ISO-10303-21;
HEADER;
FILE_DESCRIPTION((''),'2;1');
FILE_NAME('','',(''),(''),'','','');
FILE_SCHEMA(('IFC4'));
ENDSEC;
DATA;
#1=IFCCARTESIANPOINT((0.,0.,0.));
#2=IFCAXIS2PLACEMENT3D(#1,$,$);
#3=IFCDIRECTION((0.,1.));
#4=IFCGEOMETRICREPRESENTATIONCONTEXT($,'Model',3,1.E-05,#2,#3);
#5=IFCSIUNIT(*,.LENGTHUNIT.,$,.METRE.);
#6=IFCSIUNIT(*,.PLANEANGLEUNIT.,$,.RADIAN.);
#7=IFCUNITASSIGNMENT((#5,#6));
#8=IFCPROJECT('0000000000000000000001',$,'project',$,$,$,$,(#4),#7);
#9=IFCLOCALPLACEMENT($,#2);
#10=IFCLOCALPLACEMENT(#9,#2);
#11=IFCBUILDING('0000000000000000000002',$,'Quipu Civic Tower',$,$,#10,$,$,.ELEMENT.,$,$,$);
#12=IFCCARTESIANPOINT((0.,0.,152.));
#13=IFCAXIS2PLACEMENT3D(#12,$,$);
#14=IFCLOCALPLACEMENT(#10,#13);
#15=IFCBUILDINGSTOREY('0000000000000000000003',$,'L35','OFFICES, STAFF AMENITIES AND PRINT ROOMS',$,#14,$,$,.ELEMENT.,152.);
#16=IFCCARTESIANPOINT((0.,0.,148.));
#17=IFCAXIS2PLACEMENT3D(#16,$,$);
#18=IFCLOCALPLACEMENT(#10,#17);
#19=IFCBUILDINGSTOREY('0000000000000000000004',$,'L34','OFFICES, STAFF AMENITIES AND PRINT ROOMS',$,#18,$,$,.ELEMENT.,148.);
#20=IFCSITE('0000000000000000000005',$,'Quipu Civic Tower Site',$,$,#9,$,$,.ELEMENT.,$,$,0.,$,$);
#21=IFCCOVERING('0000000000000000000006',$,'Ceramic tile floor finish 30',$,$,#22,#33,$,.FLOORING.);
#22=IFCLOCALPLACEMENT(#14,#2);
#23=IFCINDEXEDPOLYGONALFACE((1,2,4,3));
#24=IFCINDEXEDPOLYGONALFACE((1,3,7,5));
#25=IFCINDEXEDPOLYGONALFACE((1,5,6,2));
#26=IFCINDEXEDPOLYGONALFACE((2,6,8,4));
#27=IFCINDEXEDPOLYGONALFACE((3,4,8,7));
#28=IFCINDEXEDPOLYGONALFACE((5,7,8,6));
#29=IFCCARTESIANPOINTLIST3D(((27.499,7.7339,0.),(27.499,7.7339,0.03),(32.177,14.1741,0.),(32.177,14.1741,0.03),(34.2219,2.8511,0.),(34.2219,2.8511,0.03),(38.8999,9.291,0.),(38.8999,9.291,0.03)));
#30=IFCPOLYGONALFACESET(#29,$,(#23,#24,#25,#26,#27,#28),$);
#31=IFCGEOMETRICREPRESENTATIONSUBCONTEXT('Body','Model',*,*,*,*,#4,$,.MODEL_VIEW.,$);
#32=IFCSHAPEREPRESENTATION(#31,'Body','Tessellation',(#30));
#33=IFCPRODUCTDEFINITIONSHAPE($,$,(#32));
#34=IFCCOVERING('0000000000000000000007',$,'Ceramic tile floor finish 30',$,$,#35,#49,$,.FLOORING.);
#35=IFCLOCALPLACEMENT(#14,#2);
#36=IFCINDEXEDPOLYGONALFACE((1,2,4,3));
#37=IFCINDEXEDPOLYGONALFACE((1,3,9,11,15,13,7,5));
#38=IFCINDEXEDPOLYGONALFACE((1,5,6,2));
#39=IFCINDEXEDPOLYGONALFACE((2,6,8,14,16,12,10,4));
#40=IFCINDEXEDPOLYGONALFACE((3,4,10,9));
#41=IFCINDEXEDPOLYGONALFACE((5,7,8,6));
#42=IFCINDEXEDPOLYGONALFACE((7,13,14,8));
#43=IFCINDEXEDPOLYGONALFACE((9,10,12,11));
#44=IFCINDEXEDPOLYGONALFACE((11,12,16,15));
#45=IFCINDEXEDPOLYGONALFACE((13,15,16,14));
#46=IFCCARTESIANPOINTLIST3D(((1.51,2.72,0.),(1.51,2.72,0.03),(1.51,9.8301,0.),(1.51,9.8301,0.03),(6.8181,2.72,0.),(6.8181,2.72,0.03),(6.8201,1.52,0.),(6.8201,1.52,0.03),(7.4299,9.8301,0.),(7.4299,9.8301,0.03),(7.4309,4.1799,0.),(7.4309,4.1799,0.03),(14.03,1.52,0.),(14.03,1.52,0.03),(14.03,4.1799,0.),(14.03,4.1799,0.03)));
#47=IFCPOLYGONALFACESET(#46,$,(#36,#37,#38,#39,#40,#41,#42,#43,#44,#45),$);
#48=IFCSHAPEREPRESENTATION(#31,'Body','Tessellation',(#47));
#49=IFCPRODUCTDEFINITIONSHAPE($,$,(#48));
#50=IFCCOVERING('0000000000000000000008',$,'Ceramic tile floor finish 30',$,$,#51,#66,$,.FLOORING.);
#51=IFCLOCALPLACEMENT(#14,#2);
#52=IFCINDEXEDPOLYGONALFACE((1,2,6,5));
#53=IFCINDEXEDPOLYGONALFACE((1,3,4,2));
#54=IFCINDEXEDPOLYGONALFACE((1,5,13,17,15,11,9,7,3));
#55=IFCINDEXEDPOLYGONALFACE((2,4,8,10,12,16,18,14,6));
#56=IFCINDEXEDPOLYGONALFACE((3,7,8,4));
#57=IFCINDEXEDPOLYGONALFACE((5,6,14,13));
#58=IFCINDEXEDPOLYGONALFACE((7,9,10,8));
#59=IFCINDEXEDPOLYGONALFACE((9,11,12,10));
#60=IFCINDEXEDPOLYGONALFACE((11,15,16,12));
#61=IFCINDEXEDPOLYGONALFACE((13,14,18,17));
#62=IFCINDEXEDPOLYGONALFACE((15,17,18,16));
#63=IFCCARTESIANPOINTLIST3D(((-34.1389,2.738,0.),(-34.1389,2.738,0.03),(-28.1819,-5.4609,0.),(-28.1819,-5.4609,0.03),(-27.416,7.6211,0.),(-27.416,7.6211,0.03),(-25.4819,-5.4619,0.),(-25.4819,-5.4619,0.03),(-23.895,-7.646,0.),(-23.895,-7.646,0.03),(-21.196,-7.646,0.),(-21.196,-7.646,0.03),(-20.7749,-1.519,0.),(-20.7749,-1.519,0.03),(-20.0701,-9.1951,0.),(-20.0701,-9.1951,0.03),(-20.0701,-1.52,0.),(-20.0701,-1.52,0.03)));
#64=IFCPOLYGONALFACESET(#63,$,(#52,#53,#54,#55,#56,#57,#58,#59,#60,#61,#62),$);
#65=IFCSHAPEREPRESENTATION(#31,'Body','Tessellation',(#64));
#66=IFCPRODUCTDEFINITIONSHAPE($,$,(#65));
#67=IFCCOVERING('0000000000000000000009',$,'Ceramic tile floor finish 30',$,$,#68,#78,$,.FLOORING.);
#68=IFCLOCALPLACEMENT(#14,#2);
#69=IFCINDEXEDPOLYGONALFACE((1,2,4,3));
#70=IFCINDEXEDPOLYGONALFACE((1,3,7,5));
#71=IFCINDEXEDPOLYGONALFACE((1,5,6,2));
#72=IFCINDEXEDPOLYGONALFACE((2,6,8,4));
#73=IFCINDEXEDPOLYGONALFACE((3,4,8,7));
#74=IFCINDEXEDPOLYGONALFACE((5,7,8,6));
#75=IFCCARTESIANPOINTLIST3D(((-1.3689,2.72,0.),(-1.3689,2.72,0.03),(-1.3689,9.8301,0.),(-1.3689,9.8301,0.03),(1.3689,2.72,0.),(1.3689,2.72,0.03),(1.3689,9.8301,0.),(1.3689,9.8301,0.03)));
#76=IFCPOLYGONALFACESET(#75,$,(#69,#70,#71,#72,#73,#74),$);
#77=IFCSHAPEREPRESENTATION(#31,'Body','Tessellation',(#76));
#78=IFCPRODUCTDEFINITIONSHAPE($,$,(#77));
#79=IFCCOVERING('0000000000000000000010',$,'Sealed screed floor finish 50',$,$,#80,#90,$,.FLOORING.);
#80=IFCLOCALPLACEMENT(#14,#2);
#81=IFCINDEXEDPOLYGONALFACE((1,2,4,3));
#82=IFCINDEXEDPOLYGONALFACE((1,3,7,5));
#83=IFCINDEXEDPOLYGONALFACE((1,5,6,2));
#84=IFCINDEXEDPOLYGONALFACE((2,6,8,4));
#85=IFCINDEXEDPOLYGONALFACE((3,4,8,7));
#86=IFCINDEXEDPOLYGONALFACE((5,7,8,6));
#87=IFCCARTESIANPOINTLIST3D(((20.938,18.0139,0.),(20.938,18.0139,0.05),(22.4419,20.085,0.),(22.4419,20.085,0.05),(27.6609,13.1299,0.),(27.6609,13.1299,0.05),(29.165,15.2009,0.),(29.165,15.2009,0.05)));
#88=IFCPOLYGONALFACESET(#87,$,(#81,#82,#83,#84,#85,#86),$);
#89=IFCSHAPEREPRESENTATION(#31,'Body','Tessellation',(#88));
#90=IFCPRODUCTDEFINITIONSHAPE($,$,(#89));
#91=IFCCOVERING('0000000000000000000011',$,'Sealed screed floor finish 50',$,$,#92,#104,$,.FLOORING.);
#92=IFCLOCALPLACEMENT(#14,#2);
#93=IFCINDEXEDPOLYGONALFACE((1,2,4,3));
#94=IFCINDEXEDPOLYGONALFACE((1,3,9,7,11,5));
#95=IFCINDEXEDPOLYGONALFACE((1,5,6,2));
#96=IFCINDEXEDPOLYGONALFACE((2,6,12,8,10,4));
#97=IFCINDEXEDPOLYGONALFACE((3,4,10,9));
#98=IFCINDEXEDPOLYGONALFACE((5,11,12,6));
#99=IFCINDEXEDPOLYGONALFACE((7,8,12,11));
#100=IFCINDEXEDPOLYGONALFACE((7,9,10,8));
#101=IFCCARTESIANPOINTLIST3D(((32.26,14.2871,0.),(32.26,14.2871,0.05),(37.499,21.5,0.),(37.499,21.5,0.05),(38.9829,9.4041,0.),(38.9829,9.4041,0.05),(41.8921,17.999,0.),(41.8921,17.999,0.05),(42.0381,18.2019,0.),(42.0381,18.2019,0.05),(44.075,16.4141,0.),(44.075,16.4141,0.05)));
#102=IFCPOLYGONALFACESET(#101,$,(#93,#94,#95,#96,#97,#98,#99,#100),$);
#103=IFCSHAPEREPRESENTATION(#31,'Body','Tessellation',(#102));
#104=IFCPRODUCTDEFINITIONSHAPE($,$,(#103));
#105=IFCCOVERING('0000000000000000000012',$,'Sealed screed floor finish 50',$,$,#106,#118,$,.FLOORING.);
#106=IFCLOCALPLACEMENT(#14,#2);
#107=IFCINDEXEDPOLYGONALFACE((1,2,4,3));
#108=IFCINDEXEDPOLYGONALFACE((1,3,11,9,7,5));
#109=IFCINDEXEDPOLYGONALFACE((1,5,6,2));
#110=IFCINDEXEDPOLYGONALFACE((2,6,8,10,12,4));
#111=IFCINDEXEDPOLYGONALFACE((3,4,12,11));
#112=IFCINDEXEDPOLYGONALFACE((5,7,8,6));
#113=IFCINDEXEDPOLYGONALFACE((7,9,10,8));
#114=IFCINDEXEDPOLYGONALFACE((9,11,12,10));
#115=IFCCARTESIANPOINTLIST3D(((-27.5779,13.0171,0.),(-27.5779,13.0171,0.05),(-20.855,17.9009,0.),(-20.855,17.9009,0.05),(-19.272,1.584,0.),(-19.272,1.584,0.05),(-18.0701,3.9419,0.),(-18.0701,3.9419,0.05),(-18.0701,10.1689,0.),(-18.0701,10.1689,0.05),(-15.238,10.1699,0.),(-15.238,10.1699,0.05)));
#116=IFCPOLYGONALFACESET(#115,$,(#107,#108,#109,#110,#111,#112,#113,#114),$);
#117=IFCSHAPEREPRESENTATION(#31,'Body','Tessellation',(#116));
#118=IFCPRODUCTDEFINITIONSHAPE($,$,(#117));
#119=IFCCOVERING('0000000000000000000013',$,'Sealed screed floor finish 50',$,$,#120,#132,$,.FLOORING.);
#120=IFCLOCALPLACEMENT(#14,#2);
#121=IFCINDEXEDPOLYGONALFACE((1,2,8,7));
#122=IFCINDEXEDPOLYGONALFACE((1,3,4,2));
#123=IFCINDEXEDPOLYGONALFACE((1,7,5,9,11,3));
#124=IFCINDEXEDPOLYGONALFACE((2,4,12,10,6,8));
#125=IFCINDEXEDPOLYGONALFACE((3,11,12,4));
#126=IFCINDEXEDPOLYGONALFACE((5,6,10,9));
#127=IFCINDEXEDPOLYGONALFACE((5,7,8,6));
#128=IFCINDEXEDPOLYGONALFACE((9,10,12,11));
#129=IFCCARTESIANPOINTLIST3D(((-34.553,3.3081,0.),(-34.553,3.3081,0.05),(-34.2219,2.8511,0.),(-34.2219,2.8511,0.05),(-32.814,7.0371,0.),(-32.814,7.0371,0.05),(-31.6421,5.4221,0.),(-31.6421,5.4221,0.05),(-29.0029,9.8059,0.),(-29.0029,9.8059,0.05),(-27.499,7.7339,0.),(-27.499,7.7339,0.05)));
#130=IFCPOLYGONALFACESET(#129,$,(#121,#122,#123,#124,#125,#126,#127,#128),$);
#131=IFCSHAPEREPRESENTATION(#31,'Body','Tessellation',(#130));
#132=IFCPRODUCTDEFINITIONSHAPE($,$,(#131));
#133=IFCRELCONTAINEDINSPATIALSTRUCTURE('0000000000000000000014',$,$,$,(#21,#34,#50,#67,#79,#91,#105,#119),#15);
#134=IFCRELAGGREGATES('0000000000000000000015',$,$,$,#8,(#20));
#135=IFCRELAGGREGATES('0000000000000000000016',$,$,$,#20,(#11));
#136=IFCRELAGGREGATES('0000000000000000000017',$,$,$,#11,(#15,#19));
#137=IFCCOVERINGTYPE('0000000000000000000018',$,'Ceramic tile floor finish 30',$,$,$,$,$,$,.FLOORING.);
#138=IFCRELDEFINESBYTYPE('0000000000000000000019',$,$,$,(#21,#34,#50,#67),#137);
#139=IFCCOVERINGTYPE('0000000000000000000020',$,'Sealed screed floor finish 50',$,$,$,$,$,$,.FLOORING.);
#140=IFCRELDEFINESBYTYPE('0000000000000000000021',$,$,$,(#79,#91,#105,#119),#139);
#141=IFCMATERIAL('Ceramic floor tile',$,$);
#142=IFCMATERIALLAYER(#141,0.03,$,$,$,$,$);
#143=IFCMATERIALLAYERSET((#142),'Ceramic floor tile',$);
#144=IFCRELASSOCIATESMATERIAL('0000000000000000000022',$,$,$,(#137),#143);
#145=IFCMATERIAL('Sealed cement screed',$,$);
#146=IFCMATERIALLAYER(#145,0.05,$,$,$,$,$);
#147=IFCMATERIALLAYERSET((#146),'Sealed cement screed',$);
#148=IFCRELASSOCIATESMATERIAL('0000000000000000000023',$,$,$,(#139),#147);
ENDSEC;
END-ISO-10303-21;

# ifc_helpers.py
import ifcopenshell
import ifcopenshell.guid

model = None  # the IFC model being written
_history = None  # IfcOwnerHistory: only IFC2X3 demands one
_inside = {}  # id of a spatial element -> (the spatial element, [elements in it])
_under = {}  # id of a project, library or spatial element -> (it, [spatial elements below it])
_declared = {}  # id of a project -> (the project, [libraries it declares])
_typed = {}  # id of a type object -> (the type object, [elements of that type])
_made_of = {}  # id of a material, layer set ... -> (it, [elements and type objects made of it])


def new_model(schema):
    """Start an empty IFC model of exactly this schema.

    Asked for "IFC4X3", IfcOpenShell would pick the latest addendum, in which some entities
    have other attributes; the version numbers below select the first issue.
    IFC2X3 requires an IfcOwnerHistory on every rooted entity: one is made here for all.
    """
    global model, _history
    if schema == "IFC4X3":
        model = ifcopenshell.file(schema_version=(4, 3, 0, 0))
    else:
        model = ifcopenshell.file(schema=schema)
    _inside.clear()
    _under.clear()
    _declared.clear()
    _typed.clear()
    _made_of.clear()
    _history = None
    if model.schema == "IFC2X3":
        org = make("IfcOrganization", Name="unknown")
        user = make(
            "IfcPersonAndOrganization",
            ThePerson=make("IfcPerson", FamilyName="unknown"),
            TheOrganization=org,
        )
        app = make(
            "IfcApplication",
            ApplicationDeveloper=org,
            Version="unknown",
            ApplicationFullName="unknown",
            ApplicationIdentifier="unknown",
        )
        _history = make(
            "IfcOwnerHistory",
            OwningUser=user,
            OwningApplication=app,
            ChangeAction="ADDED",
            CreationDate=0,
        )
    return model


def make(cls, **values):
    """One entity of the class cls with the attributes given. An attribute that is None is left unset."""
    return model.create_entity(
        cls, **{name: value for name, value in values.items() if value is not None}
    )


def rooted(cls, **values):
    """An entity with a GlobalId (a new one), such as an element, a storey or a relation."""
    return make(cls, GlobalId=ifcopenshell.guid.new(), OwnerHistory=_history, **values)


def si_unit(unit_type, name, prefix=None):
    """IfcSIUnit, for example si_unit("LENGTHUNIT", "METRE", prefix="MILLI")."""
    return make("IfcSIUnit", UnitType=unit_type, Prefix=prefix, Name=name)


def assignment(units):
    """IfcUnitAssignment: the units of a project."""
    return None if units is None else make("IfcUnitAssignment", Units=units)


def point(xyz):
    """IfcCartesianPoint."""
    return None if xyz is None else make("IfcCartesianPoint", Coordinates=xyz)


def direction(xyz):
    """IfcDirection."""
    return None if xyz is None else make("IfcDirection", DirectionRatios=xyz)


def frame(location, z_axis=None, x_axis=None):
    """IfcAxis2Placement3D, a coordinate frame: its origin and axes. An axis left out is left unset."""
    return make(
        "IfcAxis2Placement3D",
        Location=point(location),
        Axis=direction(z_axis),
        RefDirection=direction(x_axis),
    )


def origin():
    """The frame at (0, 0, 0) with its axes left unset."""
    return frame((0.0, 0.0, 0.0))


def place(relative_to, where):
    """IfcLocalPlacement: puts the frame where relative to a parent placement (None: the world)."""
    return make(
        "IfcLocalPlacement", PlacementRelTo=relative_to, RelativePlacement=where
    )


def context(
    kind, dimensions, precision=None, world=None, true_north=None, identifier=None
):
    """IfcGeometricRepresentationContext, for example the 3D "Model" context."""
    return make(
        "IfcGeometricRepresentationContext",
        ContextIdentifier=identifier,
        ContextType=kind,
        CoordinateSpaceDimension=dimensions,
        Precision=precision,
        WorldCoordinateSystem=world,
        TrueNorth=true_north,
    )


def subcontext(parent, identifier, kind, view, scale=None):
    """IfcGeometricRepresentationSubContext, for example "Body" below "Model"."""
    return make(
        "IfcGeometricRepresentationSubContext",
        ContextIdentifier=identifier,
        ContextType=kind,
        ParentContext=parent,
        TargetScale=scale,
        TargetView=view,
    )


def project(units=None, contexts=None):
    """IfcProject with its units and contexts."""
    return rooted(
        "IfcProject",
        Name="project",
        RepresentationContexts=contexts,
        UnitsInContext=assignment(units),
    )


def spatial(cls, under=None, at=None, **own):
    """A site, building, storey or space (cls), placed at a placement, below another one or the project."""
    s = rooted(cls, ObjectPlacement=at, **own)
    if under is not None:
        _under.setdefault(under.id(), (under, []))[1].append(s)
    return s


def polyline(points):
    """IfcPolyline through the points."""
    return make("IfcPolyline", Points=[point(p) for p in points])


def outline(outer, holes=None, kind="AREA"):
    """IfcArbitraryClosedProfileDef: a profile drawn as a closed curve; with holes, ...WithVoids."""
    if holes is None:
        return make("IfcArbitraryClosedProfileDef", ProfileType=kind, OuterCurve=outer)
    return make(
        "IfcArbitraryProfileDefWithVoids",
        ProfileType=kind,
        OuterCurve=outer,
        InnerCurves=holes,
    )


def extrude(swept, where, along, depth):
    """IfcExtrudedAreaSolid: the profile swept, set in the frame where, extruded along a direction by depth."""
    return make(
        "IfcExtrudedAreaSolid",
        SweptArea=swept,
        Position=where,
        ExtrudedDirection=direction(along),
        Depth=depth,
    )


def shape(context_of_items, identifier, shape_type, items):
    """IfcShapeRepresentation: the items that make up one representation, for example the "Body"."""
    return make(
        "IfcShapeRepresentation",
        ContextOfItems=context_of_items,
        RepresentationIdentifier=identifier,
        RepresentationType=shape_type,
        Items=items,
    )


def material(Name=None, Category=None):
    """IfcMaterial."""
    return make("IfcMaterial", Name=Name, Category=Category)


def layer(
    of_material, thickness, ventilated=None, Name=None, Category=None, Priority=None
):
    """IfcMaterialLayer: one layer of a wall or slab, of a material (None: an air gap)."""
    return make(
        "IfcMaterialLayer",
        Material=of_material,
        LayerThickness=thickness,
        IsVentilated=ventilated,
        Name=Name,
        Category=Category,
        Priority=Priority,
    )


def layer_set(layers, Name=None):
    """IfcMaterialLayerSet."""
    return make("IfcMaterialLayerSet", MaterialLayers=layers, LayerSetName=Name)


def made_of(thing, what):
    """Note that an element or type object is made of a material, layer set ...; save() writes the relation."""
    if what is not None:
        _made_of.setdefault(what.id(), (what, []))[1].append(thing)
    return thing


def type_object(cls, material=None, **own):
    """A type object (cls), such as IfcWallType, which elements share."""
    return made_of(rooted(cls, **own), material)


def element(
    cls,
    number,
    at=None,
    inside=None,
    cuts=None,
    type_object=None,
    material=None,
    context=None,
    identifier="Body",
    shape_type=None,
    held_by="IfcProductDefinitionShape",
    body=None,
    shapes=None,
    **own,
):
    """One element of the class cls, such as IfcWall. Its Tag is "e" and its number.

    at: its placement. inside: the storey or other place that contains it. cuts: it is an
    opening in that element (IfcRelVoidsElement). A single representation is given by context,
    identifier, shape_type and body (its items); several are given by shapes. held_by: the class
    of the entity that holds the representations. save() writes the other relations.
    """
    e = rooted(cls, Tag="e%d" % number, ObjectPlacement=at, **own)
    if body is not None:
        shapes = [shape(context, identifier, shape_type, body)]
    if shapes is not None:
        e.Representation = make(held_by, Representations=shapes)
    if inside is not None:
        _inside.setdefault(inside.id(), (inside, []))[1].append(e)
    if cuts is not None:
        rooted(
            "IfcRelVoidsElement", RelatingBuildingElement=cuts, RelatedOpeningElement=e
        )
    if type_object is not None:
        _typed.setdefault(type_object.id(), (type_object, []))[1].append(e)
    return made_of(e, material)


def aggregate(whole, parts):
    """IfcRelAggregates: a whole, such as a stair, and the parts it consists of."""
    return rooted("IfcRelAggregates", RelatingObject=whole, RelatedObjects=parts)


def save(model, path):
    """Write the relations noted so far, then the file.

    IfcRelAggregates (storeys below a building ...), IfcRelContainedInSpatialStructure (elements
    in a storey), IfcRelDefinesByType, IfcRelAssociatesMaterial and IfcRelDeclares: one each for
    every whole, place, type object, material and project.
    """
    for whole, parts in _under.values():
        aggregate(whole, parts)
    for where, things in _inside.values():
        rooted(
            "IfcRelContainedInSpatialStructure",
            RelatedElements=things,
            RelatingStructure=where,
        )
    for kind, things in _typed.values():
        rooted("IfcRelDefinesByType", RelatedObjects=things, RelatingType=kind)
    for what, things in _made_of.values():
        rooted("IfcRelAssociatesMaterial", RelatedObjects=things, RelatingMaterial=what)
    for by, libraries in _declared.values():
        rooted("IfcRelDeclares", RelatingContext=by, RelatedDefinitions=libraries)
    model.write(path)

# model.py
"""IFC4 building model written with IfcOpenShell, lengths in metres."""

from ifc_helpers import new_model, si_unit, direction, frame, origin, place, context, subcontext, project, spatial, polyline, outline, extrude, material, layer, layer_set, type_object, element, save


model = new_model("IFC4")

# Units and contexts
model_context = context("Model", 3, precision=1e-05, world=origin(), true_north=direction((0.0, 1.0)))
body_context = subcontext(model_context, "Body", "Model", "MODEL_VIEW")
ifc_project = project(units=[si_unit("LENGTHUNIT", "METRE"), si_unit("PLANEANGLEUNIT", "RADIAN")], contexts=[model_context])

# Site, building, storey
site_placement = place(None, origin())
site = spatial("IfcSite", under=ifc_project, at=site_placement, Name="Quipu Civic Tower Site", CompositionType="ELEMENT", RefElevation=0.0)
building_placement = place(site_placement, origin())
building = spatial("IfcBuilding", under=site, at=building_placement, Name="Quipu Civic Tower", CompositionType="ELEMENT")
storey_1_placement = place(building_placement, frame((0.0, 0.0, 152.0)))
storey_1 = spatial("IfcBuildingStorey", under=building, at=storey_1_placement, Name="L35", Description="OFFICES, STAFF AMENITIES AND PRINT ROOMS", CompositionType="ELEMENT", Elevation=152.0)

# Shared definitions
storey_2_placement = place(building_placement, frame((0.0, 0.0, 148.0)))
storey_2 = spatial("IfcBuildingStorey", under=building, at=storey_2_placement, Name="L34", Description="OFFICES, STAFF AMENITIES AND PRINT ROOMS", CompositionType="ELEMENT", Elevation=148.0)

# Coverings
ifc_material_1 = material(Name="Ceramic floor tile")
ifc_layer_1 = layer(ifc_material_1, 0.03)
ifc_layer_set_1 = layer_set([ifc_layer_1], Name="Ceramic floor tile")
covering_type_1 = type_object("IfcCoveringType", Name="Ceramic tile floor finish 30", PredefinedType="FLOORING", material=ifc_layer_set_1)
covering_1_placement = place(storey_1_placement, origin())
element("IfcCovering", 1, at=covering_1_placement, inside=storey_1, type_object=covering_type_1, Name="Ceramic tile floor finish 30", PredefinedType="FLOORING", context=body_context, shape_type="SweptSolid", body=[
    extrude(outline(polyline([(27.499, 7.7339), (32.177, 14.1741), (38.8999, 9.291), (34.2219, 2.8511), (27.499, 7.7339)])), origin(), (0.0, 0.0, 1.0), 0.03),
])
covering_2_placement = place(storey_1_placement, origin())
element("IfcCovering", 2, at=covering_2_placement, inside=storey_1, type_object=covering_type_1, Name="Ceramic tile floor finish 30", PredefinedType="FLOORING", context=body_context, shape_type="SweptSolid", body=[
    extrude(outline(polyline([(1.51, 2.72), (1.51, 9.8301), (7.4299, 9.8301), (7.4309, 4.1799), (14.03, 4.1799), (14.03, 1.52), (6.8201, 1.52), (6.8181, 2.72), (1.51, 2.72)])), origin(), (0.0, 0.0, 1.0), 0.03),
])
covering_3_placement = place(storey_1_placement, origin())
element("IfcCovering", 3, at=covering_3_placement, inside=storey_1, type_object=covering_type_1, Name="Ceramic tile floor finish 30", PredefinedType="FLOORING", context=body_context, shape_type="SweptSolid", body=[
    extrude(outline(polyline([(-34.1389, 2.738), (-27.416, 7.6211), (-20.7749, -1.519), (-20.0701, -1.52), (-20.0701, -9.1951), (-21.196, -7.646), (-23.895, -7.646), (-25.4819, -5.4619), (-28.1819, -5.4609), (-34.1389, 2.738)])), origin(), (0.0, 0.0, 1.0), 0.03),
])
covering_4_placement = place(storey_1_placement, origin())
element("IfcCovering", 4, at=covering_4_placement, inside=storey_1, type_object=covering_type_1, Name="Ceramic tile floor finish 30", PredefinedType="FLOORING", context=body_context, shape_type="SweptSolid", body=[
    extrude(outline(polyline([(-1.3689, 2.72), (-1.3689, 9.8301), (1.3689, 9.8301), (1.3689, 2.72), (-1.3689, 2.72)])), origin(), (0.0, 0.0, 1.0), 0.03),
])
ifc_material_2 = material(Name="Sealed cement screed")
ifc_layer_2 = layer(ifc_material_2, 0.05)
ifc_layer_set_2 = layer_set([ifc_layer_2], Name="Sealed cement screed")
covering_type_2 = type_object("IfcCoveringType", Name="Sealed screed floor finish 50", PredefinedType="FLOORING", material=ifc_layer_set_2)
covering_5_placement = place(storey_1_placement, origin())
element("IfcCovering", 5, at=covering_5_placement, inside=storey_1, type_object=covering_type_2, Name="Sealed screed floor finish 50", PredefinedType="FLOORING", context=body_context, shape_type="SweptSolid", body=[
    extrude(outline(polyline([(20.938, 18.0139), (22.4419, 20.085), (29.165, 15.2009), (27.6609, 13.1299), (20.938, 18.0139)])), origin(), (0.0, 0.0, 1.0), 0.05),
])
covering_6_placement = place(storey_1_placement, origin())
element("IfcCovering", 6, at=covering_6_placement, inside=storey_1, type_object=covering_type_2, Name="Sealed screed floor finish 50", PredefinedType="FLOORING", context=body_context, shape_type="SweptSolid", body=[
    extrude(outline(polyline([(32.26, 14.2871), (37.499, 21.5), (42.0381, 18.2019), (41.8921, 17.999), (44.075, 16.4141), (38.9829, 9.4041), (32.26, 14.2871)])), origin(), (0.0, 0.0, 1.0), 0.05),
])
covering_7_placement = place(storey_1_placement, origin())
element("IfcCovering", 7, at=covering_7_placement, inside=storey_1, type_object=covering_type_2, Name="Sealed screed floor finish 50", PredefinedType="FLOORING", context=body_context, shape_type="SweptSolid", body=[
    extrude(outline(polyline([(-27.5779, 13.0171), (-20.855, 17.9009), (-15.238, 10.1699), (-18.0701, 10.1689), (-18.0701, 3.9419), (-19.272, 1.584), (-27.5779, 13.0171)])), origin(), (0.0, 0.0, 1.0), 0.05),
])
covering_8_placement = place(storey_1_placement, origin())
element("IfcCovering", 8, at=covering_8_placement, inside=storey_1, type_object=covering_type_2, Name="Sealed screed floor finish 50", PredefinedType="FLOORING", context=body_context, shape_type="SweptSolid", body=[
    extrude(outline(polyline([(-34.553, 3.3081), (-31.6421, 5.4221), (-32.814, 7.0371), (-29.0029, 9.8059), (-27.499, 7.7339), (-34.2219, 2.8511), (-34.553, 3.3081)])), origin(), (0.0, 0.0, 1.0), 0.05),
])

save(model, "model.ifc")
